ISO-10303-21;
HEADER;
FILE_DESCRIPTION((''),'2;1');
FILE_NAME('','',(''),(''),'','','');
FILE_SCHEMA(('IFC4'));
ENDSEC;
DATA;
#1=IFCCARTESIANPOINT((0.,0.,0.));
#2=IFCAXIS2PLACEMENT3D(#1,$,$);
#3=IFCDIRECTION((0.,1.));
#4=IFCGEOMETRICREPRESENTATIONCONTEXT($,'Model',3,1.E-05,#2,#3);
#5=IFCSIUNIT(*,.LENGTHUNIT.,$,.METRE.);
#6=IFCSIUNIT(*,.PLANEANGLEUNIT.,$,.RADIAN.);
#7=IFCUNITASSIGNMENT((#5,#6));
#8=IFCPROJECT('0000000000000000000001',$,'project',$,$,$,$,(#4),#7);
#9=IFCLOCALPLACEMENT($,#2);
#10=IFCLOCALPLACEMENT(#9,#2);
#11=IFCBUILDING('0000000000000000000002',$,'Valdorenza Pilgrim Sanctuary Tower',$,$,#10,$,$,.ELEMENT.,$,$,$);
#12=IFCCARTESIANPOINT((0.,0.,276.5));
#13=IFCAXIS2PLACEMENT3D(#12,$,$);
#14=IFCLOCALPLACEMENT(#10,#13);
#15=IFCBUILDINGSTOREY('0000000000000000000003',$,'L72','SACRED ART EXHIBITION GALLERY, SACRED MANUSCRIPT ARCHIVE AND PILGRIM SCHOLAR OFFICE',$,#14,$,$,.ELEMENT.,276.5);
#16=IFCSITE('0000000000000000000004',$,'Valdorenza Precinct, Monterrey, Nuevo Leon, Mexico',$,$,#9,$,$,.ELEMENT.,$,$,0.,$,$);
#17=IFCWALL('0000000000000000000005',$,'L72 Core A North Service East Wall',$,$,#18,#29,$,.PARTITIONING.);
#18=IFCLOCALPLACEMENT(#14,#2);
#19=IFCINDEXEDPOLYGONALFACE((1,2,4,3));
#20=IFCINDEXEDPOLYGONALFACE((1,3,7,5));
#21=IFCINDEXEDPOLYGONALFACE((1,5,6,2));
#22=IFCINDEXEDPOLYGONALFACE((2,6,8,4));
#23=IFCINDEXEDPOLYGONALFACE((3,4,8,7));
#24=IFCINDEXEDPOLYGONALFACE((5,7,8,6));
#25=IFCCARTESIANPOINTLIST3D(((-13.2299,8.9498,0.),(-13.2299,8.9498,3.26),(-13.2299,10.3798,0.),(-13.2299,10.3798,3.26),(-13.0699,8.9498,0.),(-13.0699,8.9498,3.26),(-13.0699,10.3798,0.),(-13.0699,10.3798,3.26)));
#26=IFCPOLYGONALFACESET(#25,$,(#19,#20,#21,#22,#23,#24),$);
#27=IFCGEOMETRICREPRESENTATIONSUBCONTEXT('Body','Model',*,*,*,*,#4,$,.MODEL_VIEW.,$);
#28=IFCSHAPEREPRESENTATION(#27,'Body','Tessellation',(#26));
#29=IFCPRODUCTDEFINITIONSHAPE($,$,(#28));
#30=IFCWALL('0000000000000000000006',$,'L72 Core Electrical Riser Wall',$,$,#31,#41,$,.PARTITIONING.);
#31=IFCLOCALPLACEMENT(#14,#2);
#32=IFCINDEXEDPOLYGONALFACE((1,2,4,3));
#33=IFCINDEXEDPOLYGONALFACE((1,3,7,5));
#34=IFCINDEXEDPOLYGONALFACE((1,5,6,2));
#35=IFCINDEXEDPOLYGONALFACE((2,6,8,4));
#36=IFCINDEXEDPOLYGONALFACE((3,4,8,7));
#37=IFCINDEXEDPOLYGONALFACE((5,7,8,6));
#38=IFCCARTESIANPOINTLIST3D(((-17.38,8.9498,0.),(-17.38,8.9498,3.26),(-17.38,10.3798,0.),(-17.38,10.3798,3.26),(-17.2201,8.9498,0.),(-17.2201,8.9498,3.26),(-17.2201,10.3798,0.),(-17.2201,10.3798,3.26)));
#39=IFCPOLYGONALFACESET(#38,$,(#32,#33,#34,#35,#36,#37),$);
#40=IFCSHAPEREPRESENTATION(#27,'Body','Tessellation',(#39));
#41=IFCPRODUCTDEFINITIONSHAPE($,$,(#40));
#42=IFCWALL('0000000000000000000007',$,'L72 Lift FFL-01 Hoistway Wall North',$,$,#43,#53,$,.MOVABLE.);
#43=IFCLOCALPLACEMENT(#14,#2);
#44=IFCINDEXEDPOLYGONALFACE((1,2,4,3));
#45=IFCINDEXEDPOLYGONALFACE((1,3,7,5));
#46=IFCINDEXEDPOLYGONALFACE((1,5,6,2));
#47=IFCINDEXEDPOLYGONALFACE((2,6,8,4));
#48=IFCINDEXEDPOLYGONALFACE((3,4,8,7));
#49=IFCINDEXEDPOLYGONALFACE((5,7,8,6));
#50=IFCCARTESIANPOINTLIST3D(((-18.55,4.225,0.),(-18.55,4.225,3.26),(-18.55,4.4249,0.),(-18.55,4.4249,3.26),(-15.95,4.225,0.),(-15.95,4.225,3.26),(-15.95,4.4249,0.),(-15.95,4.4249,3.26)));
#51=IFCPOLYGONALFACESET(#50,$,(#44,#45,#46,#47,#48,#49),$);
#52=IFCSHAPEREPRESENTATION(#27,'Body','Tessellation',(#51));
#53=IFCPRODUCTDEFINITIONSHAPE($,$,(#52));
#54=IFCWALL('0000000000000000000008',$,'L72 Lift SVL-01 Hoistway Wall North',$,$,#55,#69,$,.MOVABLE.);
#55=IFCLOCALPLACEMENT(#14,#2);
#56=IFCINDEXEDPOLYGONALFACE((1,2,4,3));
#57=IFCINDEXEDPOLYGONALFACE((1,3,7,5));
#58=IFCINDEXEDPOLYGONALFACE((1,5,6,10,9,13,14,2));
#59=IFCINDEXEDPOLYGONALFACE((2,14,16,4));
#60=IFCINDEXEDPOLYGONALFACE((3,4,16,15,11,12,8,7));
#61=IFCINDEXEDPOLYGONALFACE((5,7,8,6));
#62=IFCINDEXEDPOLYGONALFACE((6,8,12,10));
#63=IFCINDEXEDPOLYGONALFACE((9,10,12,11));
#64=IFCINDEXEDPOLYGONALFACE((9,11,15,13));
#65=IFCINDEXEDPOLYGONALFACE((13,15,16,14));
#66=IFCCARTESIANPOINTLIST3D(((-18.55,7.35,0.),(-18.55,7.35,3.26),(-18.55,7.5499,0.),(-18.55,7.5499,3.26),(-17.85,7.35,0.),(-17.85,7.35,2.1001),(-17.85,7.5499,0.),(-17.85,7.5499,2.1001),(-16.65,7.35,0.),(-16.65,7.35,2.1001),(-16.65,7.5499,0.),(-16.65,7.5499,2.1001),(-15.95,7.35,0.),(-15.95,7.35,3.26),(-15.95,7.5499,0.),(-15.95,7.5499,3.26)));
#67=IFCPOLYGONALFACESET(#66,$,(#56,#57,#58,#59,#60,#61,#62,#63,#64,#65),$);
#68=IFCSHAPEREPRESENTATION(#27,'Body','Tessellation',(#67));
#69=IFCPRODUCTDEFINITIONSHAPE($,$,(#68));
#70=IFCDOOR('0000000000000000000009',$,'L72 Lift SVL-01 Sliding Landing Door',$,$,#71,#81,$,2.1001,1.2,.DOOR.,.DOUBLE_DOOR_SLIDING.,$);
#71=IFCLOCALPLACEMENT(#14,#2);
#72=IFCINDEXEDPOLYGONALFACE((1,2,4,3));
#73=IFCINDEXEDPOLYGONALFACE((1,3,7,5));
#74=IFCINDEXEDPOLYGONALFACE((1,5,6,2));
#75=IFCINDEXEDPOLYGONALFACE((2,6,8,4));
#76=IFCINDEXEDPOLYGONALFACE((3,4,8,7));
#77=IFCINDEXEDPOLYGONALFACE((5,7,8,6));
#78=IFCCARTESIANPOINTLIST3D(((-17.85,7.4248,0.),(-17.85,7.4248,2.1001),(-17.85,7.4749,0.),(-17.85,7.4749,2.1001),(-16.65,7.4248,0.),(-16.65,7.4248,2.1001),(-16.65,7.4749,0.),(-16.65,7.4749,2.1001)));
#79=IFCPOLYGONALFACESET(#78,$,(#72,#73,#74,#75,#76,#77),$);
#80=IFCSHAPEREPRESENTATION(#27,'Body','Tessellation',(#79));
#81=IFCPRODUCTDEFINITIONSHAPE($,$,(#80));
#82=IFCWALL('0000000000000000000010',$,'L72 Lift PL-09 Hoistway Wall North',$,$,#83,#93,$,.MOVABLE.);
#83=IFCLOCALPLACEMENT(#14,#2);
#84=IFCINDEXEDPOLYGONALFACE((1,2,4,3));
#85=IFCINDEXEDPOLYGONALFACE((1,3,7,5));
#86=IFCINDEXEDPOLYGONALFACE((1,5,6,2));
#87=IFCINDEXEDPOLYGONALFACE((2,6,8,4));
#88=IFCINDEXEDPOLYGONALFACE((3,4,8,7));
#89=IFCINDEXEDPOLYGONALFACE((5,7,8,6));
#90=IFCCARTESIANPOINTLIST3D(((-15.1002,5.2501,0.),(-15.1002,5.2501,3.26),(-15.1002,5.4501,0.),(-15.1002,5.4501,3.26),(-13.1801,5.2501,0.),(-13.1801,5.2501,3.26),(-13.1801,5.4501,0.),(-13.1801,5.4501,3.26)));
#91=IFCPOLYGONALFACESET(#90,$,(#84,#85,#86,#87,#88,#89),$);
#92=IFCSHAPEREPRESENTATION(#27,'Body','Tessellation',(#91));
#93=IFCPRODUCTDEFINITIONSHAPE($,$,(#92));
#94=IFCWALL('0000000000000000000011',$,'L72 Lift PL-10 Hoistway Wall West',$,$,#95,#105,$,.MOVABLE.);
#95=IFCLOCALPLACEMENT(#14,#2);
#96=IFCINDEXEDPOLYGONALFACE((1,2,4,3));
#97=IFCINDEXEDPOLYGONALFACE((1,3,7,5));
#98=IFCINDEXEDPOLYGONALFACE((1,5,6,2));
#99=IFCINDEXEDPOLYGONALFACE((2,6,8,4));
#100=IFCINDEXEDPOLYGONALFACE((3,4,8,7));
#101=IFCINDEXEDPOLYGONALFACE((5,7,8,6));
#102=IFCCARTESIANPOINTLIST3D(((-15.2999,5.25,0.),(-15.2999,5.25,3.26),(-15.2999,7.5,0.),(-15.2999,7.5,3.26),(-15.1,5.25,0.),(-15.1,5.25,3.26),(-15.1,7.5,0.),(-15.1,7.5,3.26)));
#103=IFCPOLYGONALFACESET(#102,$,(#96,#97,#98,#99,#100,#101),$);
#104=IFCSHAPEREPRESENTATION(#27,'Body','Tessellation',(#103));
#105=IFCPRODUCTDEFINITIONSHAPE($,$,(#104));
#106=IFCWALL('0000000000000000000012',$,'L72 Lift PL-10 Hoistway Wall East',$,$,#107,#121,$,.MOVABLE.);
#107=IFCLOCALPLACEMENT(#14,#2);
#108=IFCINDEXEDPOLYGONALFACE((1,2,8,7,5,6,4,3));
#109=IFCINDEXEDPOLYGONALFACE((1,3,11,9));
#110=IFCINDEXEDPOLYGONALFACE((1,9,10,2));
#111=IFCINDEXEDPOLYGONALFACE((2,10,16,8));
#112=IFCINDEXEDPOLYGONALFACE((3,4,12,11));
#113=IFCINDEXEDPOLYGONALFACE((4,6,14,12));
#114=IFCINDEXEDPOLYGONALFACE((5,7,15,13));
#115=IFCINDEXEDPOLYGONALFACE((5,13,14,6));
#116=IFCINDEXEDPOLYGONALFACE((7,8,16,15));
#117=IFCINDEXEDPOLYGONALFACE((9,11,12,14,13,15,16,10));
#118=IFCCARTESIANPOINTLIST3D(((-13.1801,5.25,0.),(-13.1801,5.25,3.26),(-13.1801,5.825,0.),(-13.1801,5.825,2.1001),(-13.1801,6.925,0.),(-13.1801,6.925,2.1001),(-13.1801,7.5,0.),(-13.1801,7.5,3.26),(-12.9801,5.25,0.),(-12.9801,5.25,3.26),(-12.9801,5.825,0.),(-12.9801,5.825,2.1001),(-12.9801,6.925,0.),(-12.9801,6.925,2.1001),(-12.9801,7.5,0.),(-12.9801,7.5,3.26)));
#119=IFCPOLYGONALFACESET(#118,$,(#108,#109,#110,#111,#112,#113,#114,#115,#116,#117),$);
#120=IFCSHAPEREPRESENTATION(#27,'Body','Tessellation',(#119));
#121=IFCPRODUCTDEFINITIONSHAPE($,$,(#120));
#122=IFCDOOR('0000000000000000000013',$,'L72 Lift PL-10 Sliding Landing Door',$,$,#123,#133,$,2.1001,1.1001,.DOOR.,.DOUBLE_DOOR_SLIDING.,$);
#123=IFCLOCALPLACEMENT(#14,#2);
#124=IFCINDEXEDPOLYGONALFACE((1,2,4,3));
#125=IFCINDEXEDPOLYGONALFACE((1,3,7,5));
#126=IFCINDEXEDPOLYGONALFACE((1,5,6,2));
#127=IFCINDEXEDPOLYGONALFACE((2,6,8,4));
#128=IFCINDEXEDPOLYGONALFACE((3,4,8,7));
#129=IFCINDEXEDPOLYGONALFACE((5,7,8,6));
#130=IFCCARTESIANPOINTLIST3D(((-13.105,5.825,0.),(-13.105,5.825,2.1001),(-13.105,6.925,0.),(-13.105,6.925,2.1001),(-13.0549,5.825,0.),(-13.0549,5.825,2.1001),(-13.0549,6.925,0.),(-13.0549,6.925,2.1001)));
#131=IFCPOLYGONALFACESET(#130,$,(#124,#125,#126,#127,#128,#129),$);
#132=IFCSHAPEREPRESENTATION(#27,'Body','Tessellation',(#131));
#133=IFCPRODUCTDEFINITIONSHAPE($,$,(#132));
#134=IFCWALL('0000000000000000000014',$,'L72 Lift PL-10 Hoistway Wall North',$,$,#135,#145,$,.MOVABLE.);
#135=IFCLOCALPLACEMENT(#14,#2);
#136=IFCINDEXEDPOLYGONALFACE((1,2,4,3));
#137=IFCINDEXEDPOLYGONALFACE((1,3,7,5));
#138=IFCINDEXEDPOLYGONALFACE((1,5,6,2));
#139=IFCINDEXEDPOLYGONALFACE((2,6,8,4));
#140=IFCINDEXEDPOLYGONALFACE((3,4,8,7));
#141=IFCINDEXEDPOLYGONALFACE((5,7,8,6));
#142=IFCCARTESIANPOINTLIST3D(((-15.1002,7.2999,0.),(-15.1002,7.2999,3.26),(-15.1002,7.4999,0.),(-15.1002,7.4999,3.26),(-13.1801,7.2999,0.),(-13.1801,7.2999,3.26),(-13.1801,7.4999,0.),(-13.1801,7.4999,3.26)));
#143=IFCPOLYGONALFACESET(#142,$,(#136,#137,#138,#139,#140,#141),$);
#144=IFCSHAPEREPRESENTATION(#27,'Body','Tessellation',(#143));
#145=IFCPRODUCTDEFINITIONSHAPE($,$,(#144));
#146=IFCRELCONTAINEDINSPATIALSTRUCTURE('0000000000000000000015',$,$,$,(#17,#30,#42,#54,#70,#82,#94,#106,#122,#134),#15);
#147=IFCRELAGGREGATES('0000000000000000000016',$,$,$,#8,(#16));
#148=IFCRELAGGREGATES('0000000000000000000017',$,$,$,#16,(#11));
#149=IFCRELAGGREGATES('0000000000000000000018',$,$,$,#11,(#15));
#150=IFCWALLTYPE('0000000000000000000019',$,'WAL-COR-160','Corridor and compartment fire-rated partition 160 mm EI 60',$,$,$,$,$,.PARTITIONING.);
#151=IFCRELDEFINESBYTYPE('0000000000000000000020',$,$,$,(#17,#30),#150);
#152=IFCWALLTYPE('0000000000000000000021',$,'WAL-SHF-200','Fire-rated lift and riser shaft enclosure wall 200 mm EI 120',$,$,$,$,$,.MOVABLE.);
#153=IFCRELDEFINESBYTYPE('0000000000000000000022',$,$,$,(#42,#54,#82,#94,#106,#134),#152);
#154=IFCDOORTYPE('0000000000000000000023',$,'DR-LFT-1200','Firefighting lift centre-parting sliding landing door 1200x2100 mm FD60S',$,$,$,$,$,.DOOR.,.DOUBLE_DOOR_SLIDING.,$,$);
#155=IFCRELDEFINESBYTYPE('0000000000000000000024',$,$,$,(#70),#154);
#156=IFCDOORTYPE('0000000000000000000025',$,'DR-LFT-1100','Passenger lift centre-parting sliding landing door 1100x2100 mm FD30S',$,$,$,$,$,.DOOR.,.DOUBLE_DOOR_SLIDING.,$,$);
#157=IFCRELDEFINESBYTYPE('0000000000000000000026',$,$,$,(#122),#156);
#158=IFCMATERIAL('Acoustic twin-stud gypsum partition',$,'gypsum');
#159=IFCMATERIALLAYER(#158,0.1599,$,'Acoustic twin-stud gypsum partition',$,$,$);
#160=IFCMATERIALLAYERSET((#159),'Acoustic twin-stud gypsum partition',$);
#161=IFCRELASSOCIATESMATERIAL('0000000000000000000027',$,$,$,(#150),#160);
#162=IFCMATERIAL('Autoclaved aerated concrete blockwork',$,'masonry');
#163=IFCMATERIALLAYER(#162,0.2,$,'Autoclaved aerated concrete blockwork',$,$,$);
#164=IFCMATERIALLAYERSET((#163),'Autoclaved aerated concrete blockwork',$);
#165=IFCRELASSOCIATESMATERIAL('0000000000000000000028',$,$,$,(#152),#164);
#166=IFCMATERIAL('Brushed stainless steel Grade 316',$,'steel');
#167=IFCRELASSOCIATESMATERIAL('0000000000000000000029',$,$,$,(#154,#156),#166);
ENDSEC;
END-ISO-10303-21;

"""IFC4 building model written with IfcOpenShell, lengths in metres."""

from ifc_helpers import new_model, si_unit, direction, frame, frame_2d, origin, place, context, subcontext, project, spatial, rectangle, extrude, material, layer, layer_set, type_object, element, fill, save


model = new_model("IFC4")

# Units and contexts
model_context = context("Model", 3, precision=1e-05, world=origin(), true_north=direction((0.0, 1.0)))
body_context = subcontext(model_context, "Body", "Model", "MODEL_VIEW")
ifc_project = project(units=[si_unit("LENGTHUNIT", "METRE"), si_unit("PLANEANGLEUNIT", "RADIAN")], contexts=[model_context])

# Site, building, storey
site_placement = place(None, origin())
site = spatial("IfcSite", under=ifc_project, at=site_placement, Name="Valdorenza Precinct, Monterrey, Nuevo Leon, Mexico", CompositionType="ELEMENT", RefElevation=0.0)
building_placement = place(site_placement, origin())
building = spatial("IfcBuilding", under=site, at=building_placement, Name="Valdorenza Pilgrim Sanctuary Tower", CompositionType="ELEMENT")
storey_placement = place(building_placement, frame((0.0, 0.0, 276.5)))
storey = spatial("IfcBuildingStorey", under=building, at=storey_placement, Name="L72", Description="SACRED ART EXHIBITION GALLERY, SACRED MANUSCRIPT ARCHIVE AND PILGRIM SCHOLAR OFFICE", CompositionType="ELEMENT", Elevation=276.5)

# Shared definitions
ifc_material_1 = material(Name="Acoustic twin-stud gypsum partition", Category="gypsum")
ifc_layer_1 = layer(ifc_material_1, 0.1599, Name="Acoustic twin-stud gypsum partition")
ifc_layer_set_1 = layer_set([ifc_layer_1], Name="Acoustic twin-stud gypsum partition")
wall_type_1 = type_object("IfcWallType", Name="WAL-COR-160", Description="Corridor and compartment fire-rated partition 160 mm EI 60", PredefinedType="PARTITIONING", material=ifc_layer_set_1)

# Walls
for number, where, z_axis, x_axis, name in (
    (1, (-13.1499, 8.95, 0.0), (0.0, 0.0, 1.0), (0.0, 1.0, 0.0), "L72 Core A North Service East Wall"),
    (2, (-17.3, 8.95, 0.0), (0.0, 0.0, 1.0), (0.0, 1.0, 0.0), "L72 Core Electrical Riser Wall"),
):
    element("IfcWall", number, at=place(storey_placement, frame(where, z_axis=z_axis, x_axis=x_axis)), inside=storey, type_object=wall_type_1, Name=name, PredefinedType="PARTITIONING", context=body_context, shape_type="SweptSolid", body=[
        extrude(rectangle(XDim=1.4299, YDim=0.1599, at=frame_2d((0.7148, 0.0))), origin(), (0.0, 0.0, 1.0), 3.26),
    ])
ifc_material_2 = material(Name="Autoclaved aerated concrete blockwork", Category="masonry")
ifc_layer_2 = layer(ifc_material_2, 0.2, Name="Autoclaved aerated concrete blockwork")
ifc_layer_set_2 = layer_set([ifc_layer_2], Name="Autoclaved aerated concrete blockwork")
wall_type_2 = type_object("IfcWallType", Name="WAL-SHF-200", Description="Fire-rated lift and riser shaft enclosure wall 200 mm EI 120", PredefinedType="MOVABLE", material=ifc_layer_set_2)
wall_1_placement = place(storey_placement, frame((-18.55, 4.325, 0.0), z_axis=(0.0, 0.0, 1.0), x_axis=(1.0, 0.0, 0.0)))
element("IfcWall", 3, at=wall_1_placement, inside=storey, type_object=wall_type_2, Name="L72 Lift FFL-01 Hoistway Wall North", PredefinedType="MOVABLE", context=body_context, shape_type="SweptSolid", body=[
    extrude(rectangle(XDim=2.6001, YDim=0.2, at=frame_2d((1.3, 0.0))), origin(), (0.0, 0.0, 1.0), 3.26),
])

# Wall, opening, door
wall_2_placement = place(storey_placement, frame((-18.55, 7.45, 0.0), z_axis=(0.0, 0.0, 1.0), x_axis=(1.0, 0.0, 0.0)))
wall_2 = element("IfcWall", 4, at=wall_2_placement, inside=storey, type_object=wall_type_2, Name="L72 Lift SVL-01 Hoistway Wall North", PredefinedType="MOVABLE", context=body_context, shape_type="SweptSolid", body=[
    extrude(rectangle(XDim=2.6001, YDim=0.2, at=frame_2d((1.3, 0.0))), origin(), (0.0, 0.0, 1.0), 3.26),
])
opening_1_placement = place(wall_2_placement, frame((0.7, 0.0, 0.0)))
opening_1 = element("IfcOpeningElement", 5, at=opening_1_placement, cuts=wall_2, PredefinedType="OPENING", context=body_context, shape_type="SweptSolid", body=[
    extrude(rectangle(XDim=1.2, YDim=2.1001, at=frame_2d((0.6001, 1.05))), frame((0.0, 0.1147, 0.0), z_axis=(0.0, -1.0, 0.0), x_axis=(1.0, 0.0, 0.0)), (0.0, 0.0, 1.0), 0.2297),
])
ifc_material_3 = material(Name="Brushed stainless steel Grade 316", Category="steel")
door_type_1 = type_object("IfcDoorType", Name="DR-LFT-1200", Description="Firefighting lift centre-parting sliding landing door 1200x2100 mm FD60S", OperationType="DOUBLE_DOOR_SLIDING", PredefinedType="DOOR", material=ifc_material_3)
door_1_placement = place(opening_1_placement, origin())
door_1 = element("IfcDoor", 6, at=door_1_placement, inside=storey, type_object=door_type_1, Name="L72 Lift SVL-01 Sliding Landing Door", OperationType="DOUBLE_DOOR_SLIDING", OverallHeight=2.1001, OverallWidth=1.2, PredefinedType="DOOR", context=body_context, shape_type="SweptSolid", body=[
    extrude(rectangle(XDim=1.2, YDim=2.1001, at=frame_2d((0.6001, 1.05))), frame((0.0, 0.0249, 0.0), z_axis=(0.0, -1.0, 0.0), x_axis=(1.0, 0.0, 0.0)), (0.0, 0.0, 1.0), 0.05),
])
fill(opening_1, door_1)

# Walls
wall_3_placement = place(storey_placement, frame((-15.1001, 5.3501, 0.0), z_axis=(0.0, 0.0, 1.0), x_axis=(1.0, 0.0, 0.0)))
element("IfcWall", 7, at=wall_3_placement, inside=storey, type_object=wall_type_2, Name="L72 Lift PL-09 Hoistway Wall North", PredefinedType="MOVABLE", context=body_context, shape_type="SweptSolid", body=[
    extrude(rectangle(XDim=1.9202, YDim=0.2, at=frame_2d((0.96, 0.0))), origin(), (0.0, 0.0, 1.0), 3.26),
])
wall_4_placement = place(storey_placement, frame((-15.2, 5.25, 0.0), z_axis=(0.0, 0.0, 1.0), x_axis=(0.0, 1.0, 0.0)))
element("IfcWall", 8, at=wall_4_placement, inside=storey, type_object=wall_type_2, Name="L72 Lift PL-10 Hoistway Wall West", PredefinedType="MOVABLE", context=body_context, shape_type="SweptSolid", body=[
    extrude(rectangle(XDim=2.25, YDim=0.2, at=frame_2d((1.125, 0.0))), origin(), (0.0, 0.0, 1.0), 3.26),
])

# Wall, opening, door
wall_5_placement = place(storey_placement, frame((-13.0801, 5.25, 0.0), z_axis=(0.0, 0.0, 1.0), x_axis=(0.0, 1.0, 0.0)))
wall_5 = element("IfcWall", 9, at=wall_5_placement, inside=storey, type_object=wall_type_2, Name="L72 Lift PL-10 Hoistway Wall East", PredefinedType="MOVABLE", context=body_context, shape_type="SweptSolid", body=[
    extrude(rectangle(XDim=2.25, YDim=0.2, at=frame_2d((1.125, 0.0))), origin(), (0.0, 0.0, 1.0), 3.26),
])
opening_2_placement = place(wall_5_placement, frame((0.575, 0.0, 0.0)))
opening_2 = element("IfcOpeningElement", 10, at=opening_2_placement, cuts=wall_5, PredefinedType="OPENING", context=body_context, shape_type="SweptSolid", body=[
    extrude(rectangle(XDim=1.1001, YDim=2.1001, at=frame_2d((0.55, 1.05))), frame((0.0, 0.1147, 0.0), z_axis=(0.0, -1.0, 0.0), x_axis=(1.0, 0.0, 0.0)), (0.0, 0.0, 1.0), 0.2297),
])
door_type_2 = type_object("IfcDoorType", Name="DR-LFT-1100", Description="Passenger lift centre-parting sliding landing door 1100x2100 mm FD30S", OperationType="DOUBLE_DOOR_SLIDING", PredefinedType="DOOR", material=ifc_material_3)
door_2_placement = place(opening_2_placement, origin())
door_2 = element("IfcDoor", 11, at=door_2_placement, inside=storey, type_object=door_type_2, Name="L72 Lift PL-10 Sliding Landing Door", OperationType="DOUBLE_DOOR_SLIDING", OverallHeight=2.1001, OverallWidth=1.1001, PredefinedType="DOOR", context=body_context, shape_type="SweptSolid", body=[
    extrude(rectangle(XDim=1.1001, YDim=2.1001, at=frame_2d((0.55, 1.05))), frame((0.0, 0.0249, 0.0), z_axis=(0.0, -1.0, 0.0), x_axis=(1.0, 0.0, 0.0)), (0.0, 0.0, 1.0), 0.05),
])
fill(opening_2, door_2)

# Wall
wall_6_placement = place(storey_placement, frame((-15.1001, 7.3999, 0.0), z_axis=(0.0, 0.0, 1.0), x_axis=(1.0, 0.0, 0.0)))
element("IfcWall", 12, at=wall_6_placement, inside=storey, type_object=wall_type_2, Name="L72 Lift PL-10 Hoistway Wall North", PredefinedType="MOVABLE", context=body_context, shape_type="SweptSolid", body=[
    extrude(rectangle(XDim=1.9202, YDim=0.2, at=frame_2d((0.96, 0.0))), origin(), (0.0, 0.0, 1.0), 3.26),
])

save(model, "model.ifc")
